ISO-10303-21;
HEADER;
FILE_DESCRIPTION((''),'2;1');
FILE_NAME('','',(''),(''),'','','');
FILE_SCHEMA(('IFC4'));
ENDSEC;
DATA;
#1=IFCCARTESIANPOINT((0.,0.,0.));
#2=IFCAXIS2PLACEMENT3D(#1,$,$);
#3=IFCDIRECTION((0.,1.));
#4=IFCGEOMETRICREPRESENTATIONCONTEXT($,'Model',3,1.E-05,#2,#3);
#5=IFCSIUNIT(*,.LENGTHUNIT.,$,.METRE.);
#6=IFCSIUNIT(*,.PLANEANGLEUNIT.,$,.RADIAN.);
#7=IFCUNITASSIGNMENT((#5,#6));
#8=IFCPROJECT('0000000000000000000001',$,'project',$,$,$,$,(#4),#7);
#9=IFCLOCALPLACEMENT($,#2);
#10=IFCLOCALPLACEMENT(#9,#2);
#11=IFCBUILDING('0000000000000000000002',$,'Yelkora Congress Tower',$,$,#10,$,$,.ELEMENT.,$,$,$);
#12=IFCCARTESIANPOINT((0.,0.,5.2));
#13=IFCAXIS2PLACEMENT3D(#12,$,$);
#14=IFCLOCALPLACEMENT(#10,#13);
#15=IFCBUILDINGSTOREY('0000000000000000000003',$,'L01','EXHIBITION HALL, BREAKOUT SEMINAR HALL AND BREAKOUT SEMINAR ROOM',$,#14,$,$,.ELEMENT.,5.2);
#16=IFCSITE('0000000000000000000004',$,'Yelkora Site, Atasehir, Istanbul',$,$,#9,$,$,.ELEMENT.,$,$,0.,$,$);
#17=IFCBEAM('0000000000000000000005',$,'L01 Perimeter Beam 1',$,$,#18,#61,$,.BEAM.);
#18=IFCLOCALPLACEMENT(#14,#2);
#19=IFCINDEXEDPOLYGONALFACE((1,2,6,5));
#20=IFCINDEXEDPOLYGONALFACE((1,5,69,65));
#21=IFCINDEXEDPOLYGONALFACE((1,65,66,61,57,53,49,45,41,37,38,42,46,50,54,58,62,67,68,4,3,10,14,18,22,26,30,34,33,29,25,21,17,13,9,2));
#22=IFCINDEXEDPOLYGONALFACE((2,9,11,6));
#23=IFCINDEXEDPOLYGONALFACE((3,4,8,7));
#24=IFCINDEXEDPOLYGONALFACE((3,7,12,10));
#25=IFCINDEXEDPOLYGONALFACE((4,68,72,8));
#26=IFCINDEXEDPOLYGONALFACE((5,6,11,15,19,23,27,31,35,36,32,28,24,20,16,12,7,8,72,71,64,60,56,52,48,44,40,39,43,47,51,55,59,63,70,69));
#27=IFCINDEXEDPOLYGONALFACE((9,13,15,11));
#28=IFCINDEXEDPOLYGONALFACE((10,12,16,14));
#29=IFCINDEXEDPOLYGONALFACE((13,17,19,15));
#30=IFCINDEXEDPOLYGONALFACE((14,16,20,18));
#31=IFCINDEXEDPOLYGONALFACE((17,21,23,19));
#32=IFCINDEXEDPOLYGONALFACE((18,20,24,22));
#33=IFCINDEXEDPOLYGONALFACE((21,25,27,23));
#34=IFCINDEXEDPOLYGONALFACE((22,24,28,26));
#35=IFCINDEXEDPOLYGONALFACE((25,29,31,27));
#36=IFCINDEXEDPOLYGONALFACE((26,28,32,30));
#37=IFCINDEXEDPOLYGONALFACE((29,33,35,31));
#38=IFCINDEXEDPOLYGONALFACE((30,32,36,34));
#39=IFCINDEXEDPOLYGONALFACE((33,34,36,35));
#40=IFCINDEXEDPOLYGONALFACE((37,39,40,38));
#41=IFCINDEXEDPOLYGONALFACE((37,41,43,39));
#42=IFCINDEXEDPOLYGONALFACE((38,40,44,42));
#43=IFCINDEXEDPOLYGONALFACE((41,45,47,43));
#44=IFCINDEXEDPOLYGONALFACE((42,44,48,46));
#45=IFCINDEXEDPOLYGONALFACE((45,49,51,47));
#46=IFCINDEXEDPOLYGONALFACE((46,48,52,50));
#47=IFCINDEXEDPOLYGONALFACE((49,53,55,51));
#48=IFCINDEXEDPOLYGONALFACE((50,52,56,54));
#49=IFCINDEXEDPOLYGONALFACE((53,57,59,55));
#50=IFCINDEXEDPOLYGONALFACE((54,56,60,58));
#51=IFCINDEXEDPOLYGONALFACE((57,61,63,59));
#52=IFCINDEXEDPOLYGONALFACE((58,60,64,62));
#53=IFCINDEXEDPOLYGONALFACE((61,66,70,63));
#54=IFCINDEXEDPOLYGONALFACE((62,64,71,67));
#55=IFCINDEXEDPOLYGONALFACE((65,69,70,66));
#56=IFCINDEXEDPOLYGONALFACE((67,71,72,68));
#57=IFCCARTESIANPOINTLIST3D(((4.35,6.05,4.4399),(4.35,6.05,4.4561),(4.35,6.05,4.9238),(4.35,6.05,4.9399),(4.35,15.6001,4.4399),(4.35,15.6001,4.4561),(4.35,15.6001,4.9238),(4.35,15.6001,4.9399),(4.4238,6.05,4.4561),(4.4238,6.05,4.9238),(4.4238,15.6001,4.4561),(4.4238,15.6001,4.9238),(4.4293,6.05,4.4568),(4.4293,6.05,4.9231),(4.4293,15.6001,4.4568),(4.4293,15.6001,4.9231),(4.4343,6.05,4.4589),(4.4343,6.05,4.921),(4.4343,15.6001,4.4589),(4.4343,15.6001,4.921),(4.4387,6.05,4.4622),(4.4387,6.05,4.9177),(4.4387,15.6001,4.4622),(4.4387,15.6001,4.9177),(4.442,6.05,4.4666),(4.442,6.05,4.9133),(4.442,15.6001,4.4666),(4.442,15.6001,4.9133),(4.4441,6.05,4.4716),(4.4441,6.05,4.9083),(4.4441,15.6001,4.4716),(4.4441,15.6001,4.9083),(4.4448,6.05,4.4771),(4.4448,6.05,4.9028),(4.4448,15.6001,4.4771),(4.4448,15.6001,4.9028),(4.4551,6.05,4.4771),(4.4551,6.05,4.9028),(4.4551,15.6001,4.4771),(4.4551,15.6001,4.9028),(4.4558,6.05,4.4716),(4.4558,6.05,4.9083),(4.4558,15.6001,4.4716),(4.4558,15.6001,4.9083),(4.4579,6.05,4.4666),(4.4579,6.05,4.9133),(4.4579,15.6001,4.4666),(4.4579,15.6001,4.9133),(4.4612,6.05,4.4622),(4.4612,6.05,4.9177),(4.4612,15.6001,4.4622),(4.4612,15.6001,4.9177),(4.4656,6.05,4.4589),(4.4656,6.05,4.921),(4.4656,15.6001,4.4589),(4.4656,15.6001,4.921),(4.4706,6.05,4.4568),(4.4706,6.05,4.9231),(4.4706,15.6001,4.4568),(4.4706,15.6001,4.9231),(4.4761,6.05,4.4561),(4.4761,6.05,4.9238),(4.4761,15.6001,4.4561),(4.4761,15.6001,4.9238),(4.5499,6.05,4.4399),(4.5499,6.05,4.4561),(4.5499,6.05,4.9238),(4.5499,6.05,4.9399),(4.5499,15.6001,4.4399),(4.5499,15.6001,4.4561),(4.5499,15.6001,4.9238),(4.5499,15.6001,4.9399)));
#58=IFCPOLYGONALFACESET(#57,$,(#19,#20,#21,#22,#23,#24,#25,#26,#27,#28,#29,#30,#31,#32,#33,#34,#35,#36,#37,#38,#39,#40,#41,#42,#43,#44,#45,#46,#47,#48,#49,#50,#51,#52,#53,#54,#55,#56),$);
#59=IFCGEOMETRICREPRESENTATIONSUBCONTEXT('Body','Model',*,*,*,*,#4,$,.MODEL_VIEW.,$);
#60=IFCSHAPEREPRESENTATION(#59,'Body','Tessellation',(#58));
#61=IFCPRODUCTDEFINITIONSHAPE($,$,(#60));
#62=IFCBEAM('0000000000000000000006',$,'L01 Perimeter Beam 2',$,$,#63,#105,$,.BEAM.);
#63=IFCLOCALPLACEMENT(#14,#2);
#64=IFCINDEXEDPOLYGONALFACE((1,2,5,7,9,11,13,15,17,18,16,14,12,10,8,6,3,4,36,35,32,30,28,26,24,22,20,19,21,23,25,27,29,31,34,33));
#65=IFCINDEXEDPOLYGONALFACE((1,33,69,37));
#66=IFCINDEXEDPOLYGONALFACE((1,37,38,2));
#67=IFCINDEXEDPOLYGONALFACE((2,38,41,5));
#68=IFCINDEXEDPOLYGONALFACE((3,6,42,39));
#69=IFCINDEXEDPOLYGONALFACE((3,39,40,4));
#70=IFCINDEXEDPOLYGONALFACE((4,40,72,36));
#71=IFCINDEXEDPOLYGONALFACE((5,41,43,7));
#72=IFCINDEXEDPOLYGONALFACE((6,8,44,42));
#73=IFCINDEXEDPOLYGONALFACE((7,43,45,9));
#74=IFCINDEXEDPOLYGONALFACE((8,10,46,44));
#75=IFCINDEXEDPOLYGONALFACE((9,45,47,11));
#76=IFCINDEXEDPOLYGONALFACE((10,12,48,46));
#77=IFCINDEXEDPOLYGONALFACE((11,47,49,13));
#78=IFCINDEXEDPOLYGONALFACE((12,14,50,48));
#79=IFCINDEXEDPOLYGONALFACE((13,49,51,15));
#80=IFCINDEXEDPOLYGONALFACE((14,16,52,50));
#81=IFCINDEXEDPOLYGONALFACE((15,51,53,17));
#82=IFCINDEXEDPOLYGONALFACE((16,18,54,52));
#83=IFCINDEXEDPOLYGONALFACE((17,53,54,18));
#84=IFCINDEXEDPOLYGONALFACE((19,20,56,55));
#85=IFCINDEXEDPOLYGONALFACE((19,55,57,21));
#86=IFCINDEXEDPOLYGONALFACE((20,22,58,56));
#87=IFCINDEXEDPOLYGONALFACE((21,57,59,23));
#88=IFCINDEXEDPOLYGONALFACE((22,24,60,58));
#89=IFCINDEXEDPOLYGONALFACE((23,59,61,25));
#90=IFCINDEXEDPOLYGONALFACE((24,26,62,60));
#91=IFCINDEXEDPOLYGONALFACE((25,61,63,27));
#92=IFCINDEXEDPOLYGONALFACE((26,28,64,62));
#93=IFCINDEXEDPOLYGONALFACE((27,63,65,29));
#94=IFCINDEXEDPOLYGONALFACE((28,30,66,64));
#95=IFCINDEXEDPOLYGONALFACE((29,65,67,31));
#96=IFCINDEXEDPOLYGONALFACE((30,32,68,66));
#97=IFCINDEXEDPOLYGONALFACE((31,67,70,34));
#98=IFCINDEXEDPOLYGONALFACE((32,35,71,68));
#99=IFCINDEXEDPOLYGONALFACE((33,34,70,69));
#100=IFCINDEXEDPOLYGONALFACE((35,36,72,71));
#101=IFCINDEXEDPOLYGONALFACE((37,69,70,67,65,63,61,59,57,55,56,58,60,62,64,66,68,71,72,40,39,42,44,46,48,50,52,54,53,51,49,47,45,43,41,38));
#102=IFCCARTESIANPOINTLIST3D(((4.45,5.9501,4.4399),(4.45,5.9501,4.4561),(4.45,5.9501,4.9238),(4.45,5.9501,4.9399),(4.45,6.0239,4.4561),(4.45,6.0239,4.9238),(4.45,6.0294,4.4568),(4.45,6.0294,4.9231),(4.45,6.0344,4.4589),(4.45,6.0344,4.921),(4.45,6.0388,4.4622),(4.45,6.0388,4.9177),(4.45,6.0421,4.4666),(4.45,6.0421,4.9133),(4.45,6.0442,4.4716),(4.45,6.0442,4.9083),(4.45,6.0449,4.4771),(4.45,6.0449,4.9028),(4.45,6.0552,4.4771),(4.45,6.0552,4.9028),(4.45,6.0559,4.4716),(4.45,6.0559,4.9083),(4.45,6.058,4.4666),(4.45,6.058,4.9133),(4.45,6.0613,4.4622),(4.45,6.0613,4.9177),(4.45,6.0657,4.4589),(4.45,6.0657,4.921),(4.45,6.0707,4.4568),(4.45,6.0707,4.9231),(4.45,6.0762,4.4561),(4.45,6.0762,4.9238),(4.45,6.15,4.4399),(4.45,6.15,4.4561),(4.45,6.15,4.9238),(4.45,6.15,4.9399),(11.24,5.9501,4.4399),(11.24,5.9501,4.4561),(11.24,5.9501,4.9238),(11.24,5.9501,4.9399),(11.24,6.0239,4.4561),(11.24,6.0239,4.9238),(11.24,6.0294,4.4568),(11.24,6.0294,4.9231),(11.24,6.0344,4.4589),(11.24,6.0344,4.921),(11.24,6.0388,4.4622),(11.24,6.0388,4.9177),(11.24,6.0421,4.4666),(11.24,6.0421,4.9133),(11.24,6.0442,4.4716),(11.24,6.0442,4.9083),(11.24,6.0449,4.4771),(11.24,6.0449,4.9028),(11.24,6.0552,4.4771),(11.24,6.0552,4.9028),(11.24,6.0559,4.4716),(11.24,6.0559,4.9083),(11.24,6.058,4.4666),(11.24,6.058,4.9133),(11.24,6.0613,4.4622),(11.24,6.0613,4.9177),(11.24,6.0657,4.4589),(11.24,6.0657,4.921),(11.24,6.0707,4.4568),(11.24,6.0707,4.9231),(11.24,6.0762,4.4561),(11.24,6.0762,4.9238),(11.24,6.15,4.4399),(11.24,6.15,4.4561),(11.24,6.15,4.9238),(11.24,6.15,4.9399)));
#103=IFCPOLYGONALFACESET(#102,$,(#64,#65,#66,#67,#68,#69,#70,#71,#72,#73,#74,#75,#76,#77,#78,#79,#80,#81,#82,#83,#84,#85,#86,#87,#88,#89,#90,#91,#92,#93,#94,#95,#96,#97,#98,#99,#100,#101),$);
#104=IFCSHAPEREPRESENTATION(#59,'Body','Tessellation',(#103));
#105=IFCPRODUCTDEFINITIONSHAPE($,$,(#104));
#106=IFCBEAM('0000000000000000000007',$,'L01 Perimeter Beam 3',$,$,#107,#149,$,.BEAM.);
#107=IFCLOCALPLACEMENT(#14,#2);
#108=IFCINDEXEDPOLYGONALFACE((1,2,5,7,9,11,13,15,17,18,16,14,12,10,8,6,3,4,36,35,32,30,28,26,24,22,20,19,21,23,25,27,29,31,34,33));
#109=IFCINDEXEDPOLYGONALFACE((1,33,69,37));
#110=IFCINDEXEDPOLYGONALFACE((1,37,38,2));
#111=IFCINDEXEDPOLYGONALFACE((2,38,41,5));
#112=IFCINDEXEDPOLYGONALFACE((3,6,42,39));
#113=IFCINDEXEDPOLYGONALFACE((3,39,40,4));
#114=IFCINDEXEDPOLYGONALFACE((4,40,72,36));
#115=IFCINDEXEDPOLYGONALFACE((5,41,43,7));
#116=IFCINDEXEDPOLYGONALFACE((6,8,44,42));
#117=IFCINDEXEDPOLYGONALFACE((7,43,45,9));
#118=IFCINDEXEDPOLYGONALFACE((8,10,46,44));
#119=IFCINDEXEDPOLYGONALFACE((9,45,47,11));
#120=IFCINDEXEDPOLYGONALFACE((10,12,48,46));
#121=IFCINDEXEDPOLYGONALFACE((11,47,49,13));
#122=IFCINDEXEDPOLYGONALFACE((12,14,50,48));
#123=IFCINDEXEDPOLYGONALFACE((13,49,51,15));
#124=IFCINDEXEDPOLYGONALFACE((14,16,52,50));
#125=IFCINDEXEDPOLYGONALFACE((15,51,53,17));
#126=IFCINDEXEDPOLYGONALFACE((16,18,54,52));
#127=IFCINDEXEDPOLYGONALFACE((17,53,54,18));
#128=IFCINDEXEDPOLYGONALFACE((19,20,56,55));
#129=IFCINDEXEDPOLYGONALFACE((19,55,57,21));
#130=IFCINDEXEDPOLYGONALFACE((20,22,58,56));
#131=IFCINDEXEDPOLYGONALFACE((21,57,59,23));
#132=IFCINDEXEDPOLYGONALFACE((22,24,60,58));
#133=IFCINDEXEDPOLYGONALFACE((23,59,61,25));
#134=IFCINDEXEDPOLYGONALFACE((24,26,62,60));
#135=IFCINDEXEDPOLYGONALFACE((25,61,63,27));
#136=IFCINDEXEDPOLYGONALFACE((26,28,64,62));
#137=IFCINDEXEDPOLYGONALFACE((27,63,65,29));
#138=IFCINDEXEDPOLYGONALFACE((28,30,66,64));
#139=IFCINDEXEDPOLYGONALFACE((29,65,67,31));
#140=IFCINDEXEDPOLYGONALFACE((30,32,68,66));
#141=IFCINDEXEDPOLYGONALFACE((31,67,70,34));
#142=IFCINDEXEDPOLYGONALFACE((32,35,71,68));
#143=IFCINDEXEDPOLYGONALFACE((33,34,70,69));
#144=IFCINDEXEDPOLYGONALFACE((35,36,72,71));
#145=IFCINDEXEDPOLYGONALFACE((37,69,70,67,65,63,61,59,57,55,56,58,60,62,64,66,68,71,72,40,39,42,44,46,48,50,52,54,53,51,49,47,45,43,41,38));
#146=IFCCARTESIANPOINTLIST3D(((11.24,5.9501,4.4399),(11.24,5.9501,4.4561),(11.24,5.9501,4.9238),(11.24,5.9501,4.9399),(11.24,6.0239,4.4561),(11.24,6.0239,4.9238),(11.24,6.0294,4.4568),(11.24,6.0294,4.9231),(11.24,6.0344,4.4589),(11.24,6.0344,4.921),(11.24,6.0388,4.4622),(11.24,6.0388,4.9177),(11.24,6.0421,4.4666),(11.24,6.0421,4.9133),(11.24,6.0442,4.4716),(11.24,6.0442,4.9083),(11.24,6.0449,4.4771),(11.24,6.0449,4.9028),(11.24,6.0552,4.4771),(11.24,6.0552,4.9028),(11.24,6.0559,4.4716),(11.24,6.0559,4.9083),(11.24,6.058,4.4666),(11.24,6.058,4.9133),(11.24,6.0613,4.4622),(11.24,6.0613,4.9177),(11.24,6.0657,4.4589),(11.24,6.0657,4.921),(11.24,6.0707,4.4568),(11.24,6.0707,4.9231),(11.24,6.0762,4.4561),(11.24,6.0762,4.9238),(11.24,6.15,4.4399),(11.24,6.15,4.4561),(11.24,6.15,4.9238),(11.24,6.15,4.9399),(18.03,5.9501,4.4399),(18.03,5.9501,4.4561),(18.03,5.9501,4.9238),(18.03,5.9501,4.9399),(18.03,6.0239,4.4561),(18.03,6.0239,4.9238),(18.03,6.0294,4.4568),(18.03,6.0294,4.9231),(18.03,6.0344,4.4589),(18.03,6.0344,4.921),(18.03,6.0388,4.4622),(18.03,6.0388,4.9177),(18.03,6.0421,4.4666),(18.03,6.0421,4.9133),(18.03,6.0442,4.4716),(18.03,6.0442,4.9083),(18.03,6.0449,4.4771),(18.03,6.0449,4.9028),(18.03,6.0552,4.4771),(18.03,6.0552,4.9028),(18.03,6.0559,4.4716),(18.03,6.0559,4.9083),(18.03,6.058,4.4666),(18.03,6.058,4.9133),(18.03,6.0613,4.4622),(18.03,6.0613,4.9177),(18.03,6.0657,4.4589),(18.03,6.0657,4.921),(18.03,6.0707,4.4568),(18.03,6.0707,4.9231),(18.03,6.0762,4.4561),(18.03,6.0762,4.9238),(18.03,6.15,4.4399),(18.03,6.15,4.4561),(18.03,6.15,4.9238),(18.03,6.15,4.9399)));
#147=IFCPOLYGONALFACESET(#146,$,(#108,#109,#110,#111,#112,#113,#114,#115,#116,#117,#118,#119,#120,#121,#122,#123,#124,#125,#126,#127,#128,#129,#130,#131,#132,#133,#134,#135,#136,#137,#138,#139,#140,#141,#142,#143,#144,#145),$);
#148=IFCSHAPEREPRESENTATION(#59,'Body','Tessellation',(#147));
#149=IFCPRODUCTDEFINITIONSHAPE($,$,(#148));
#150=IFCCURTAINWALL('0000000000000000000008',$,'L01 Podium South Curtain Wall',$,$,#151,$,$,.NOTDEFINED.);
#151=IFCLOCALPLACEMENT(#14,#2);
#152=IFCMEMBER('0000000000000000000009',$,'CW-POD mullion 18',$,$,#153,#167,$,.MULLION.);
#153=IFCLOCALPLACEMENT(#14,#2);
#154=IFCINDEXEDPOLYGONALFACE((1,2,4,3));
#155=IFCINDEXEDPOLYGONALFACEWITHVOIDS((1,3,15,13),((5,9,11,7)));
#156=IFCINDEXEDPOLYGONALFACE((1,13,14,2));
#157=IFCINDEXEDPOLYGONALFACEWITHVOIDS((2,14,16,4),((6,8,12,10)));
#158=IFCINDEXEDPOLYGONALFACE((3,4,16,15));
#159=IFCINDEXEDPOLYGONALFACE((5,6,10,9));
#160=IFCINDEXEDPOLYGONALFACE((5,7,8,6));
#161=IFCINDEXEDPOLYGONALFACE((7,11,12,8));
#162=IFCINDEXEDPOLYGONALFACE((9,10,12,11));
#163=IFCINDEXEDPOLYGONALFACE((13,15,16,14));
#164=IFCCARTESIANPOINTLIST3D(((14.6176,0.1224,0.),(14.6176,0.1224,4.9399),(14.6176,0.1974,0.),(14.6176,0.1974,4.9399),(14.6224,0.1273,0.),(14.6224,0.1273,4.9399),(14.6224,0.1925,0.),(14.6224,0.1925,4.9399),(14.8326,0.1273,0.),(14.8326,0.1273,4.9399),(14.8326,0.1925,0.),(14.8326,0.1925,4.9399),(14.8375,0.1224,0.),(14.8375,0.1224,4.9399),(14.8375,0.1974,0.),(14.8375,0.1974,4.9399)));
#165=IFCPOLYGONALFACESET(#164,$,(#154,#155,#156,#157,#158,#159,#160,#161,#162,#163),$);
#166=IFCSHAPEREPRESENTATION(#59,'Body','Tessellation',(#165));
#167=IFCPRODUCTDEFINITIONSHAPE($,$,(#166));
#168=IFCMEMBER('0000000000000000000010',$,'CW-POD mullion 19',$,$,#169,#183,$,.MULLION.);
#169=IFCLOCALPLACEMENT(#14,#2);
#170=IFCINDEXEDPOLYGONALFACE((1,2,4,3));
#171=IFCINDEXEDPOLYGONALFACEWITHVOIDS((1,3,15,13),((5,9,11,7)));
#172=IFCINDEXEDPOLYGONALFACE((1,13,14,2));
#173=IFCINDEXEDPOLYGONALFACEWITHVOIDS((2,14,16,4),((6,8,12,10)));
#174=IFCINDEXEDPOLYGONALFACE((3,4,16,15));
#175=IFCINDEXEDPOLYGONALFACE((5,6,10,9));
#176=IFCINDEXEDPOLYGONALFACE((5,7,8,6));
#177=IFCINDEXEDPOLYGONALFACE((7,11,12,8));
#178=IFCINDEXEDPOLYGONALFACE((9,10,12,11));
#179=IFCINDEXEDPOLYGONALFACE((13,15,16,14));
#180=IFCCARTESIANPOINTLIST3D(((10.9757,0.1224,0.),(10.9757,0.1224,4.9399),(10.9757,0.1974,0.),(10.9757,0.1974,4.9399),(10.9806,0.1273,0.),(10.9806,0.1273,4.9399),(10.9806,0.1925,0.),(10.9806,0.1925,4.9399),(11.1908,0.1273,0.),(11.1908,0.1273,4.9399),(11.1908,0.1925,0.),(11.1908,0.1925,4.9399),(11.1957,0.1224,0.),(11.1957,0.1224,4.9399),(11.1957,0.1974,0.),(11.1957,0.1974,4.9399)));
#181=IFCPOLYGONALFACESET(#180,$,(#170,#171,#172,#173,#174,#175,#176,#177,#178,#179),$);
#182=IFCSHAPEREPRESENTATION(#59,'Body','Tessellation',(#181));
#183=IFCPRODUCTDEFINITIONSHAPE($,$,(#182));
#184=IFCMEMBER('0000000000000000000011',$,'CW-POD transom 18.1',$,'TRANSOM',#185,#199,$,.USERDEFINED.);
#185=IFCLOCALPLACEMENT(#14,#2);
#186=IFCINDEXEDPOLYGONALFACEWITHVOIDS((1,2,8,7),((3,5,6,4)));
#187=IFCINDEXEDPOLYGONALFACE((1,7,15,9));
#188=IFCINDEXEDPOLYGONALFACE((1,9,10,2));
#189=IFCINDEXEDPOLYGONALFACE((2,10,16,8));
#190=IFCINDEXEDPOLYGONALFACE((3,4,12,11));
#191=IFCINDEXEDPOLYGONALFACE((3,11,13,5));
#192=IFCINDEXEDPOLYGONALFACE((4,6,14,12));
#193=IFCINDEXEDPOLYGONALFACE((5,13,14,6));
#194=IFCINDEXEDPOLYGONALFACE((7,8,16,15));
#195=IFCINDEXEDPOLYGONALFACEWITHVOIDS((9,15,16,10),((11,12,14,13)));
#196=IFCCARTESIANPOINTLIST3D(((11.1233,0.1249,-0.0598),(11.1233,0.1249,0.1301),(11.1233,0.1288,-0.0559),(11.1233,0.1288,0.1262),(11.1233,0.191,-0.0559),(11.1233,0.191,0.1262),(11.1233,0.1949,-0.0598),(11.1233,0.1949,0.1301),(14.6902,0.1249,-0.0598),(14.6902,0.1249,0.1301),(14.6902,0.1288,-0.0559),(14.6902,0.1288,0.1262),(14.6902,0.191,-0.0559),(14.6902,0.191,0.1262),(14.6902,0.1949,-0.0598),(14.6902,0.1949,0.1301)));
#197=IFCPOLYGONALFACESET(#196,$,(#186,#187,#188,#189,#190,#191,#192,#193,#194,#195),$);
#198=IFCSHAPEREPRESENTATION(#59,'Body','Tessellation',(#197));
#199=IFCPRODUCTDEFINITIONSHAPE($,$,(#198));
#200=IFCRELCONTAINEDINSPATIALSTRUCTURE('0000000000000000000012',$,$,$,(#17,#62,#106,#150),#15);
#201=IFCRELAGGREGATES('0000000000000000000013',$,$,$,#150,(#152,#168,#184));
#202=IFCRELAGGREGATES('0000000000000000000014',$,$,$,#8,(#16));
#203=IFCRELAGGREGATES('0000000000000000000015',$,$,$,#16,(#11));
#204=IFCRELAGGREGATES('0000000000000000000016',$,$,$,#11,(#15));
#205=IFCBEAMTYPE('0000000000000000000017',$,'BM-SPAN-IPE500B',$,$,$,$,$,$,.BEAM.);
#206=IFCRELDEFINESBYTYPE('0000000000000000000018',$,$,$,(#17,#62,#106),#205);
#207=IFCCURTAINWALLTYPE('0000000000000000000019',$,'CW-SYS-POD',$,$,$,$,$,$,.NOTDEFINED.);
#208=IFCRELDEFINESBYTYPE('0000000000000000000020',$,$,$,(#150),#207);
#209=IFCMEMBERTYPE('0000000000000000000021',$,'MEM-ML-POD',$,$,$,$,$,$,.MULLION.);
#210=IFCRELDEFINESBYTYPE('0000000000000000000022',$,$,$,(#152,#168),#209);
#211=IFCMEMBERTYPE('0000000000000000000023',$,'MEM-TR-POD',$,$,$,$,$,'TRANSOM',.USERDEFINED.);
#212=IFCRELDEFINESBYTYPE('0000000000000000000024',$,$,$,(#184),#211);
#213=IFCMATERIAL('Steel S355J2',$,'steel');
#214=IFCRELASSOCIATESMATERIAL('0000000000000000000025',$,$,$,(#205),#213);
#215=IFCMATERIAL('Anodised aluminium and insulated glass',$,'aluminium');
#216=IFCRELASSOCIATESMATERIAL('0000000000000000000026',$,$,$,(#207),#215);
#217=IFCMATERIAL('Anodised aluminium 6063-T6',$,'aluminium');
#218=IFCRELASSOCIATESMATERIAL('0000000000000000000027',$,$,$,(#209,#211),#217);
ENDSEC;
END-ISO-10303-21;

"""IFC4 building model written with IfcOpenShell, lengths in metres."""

from ifc_helpers import new_model, si_unit, direction, frame, origin, origin_2d, place, context, subcontext, project, spatial, hollow_rectangle, i_section, extrude, material, material_profile, profile_set, type_object, element, aggregate, save


model = new_model("IFC4")

# Units and contexts
model_context = context("Model", 3, precision=1e-05, world=origin(), true_north=direction((0.0, 1.0)))
body_context = subcontext(model_context, "Body", "Model", "MODEL_VIEW")
ifc_project = project(units=[si_unit("LENGTHUNIT", "METRE"), si_unit("PLANEANGLEUNIT", "RADIAN")], contexts=[model_context])

# Site, building, storey
site_placement = place(None, origin())
site = spatial("IfcSite", under=ifc_project, at=site_placement, Name="Yelkora Site, Atasehir, Istanbul", CompositionType="ELEMENT", RefElevation=0.0)
building_placement = place(site_placement, origin())
building = spatial("IfcBuilding", under=site, at=building_placement, Name="Yelkora Congress Tower", CompositionType="ELEMENT")
storey_placement = place(building_placement, frame((0.0, 0.0, 5.2)))
storey = spatial("IfcBuildingStorey", under=building, at=storey_placement, Name="L01", Description="EXHIBITION HALL, BREAKOUT SEMINAR HALL AND BREAKOUT SEMINAR ROOM", CompositionType="ELEMENT", Elevation=5.2)

# Beams
ifc_material_1 = material(Name="Steel S355J2", Category="steel")
ifc_material_profile_1 = material_profile(ifc_material_1, i_section(OverallWidth=0.2, OverallDepth=0.5, WebThickness=0.0103, FlangeThickness=0.0161, FilletRadius=0.021, at=origin_2d()), Name="IPE 500")
ifc_profile_set_1 = profile_set([ifc_material_profile_1], Name="Steel S355J2")
beam_type_1 = type_object("IfcBeamType", Name="BM-SPAN-IPE500B", PredefinedType="BEAM", material=ifc_profile_set_1)
beam_1_placement = place(storey_placement, frame((4.45, 15.6001, 4.6899), z_axis=(0.0, -1.0, 0.0), x_axis=(1.0, 0.0, 0.0)))
element("IfcBeam", 1, at=beam_1_placement, inside=storey, type_object=beam_type_1, Name="L01 Perimeter Beam 1", PredefinedType="BEAM", context=body_context, shape_type="SweptSolid", body=[
    extrude(i_section(OverallWidth=0.2, OverallDepth=0.5, WebThickness=0.0103, FlangeThickness=0.0161, FilletRadius=0.021, at=origin_2d()), origin(), (0.0, 0.0, 1.0), 9.55),
])
for number, where, z_axis, x_axis, name in (
    (2, (4.45, 6.05, 4.6899), (1.0, 0.0, 0.0), (0.0, 1.0, 0.0), "L01 Perimeter Beam 2"),
    (3, (11.24, 6.05, 4.6899), (1.0, 0.0, 0.0), (0.0, 1.0, 0.0), "L01 Perimeter Beam 3"),
):
    element("IfcBeam", number, at=place(storey_placement, frame(where, z_axis=z_axis, x_axis=x_axis)), inside=storey, type_object=beam_type_1, Name=name, PredefinedType="BEAM", context=body_context, shape_type="SweptSolid", body=[
        extrude(i_section(OverallWidth=0.2, OverallDepth=0.5, WebThickness=0.0103, FlangeThickness=0.0161, FilletRadius=0.021, at=origin_2d()), origin(), (0.0, 0.0, 1.0), 6.79),
    ])

# Curtain wall, members
ifc_material_2 = material(Name="Anodised aluminium and insulated glass", Category="aluminium")
curtain_wall_type = type_object("IfcCurtainWallType", Name="CW-SYS-POD", PredefinedType="NOTDEFINED", material=ifc_material_2)
curtain_wall_placement = place(storey_placement, origin())
curtain_wall = element("IfcCurtainWall", 4, at=curtain_wall_placement, inside=storey, type_object=curtain_wall_type, Name="L01 Podium South Curtain Wall", PredefinedType="NOTDEFINED")
ifc_material_3 = material(Name="Anodised aluminium 6063-T6", Category="aluminium")
ifc_material_profile_2 = material_profile(ifc_material_3, hollow_rectangle(XDim=0.075, YDim=0.22, WallThickness=0.0049, at=origin_2d()), Name="ALU 75x220x5")
ifc_profile_set_2 = profile_set([ifc_material_profile_2], Name="Anodised aluminium 6063-T6")
member_type_1 = type_object("IfcMemberType", Name="MEM-ML-POD", PredefinedType="MULLION", material=ifc_profile_set_2)
member_1_placement = place(storey_placement, frame((14.7275, 0.1599, 0.0), z_axis=(0.0, 0.0, 1.0), x_axis=(0.0, -1.0, 0.0)))
member_1 = element("IfcMember", 5, at=member_1_placement, type_object=member_type_1, Name="CW-POD mullion 18", PredefinedType="MULLION", context=body_context, shape_type="SweptSolid", body=[
    extrude(hollow_rectangle(XDim=0.075, YDim=0.22, WallThickness=0.0049, at=origin_2d()), origin(), (0.0, 0.0, 1.0), 4.9399),
])
member_2_placement = place(storey_placement, frame((11.0857, 0.1599, 0.0), z_axis=(0.0, 0.0, 1.0), x_axis=(0.0, -1.0, 0.0)))
member_2 = element("IfcMember", 6, at=member_2_placement, type_object=member_type_1, Name="CW-POD mullion 19", PredefinedType="MULLION", context=body_context, shape_type="SweptSolid", body=[
    extrude(hollow_rectangle(XDim=0.075, YDim=0.22, WallThickness=0.0049, at=origin_2d()), origin(), (0.0, 0.0, 1.0), 4.9399),
])
ifc_material_profile_3 = material_profile(ifc_material_3, hollow_rectangle(XDim=0.0701, YDim=0.1899, WallThickness=0.0039, at=origin_2d()), Name="ALU 70x190x4")
ifc_profile_set_3 = profile_set([ifc_material_profile_3], Name="Anodised aluminium 6063-T6")
member_type_2 = type_object("IfcMemberType", Name="MEM-TR-POD", ElementType="TRANSOM", PredefinedType="USERDEFINED", material=ifc_profile_set_3)
member_3_placement = place(storey_placement, frame((14.6902, 0.1599, 0.0352), z_axis=(-1.0, 0.0, 0.0), x_axis=(0.0, -1.0, 0.0)))
member_3 = element("IfcMember", 7, at=member_3_placement, type_object=member_type_2, Name="CW-POD transom 18.1", ObjectType="TRANSOM", PredefinedType="USERDEFINED", context=body_context, shape_type="SweptSolid", body=[
    extrude(hollow_rectangle(XDim=0.0701, YDim=0.1899, WallThickness=0.0039, at=origin_2d()), origin(), (0.0, 0.0, 1.0), 3.5669),
])
aggregate(curtain_wall, [member_1, member_2, member_3])

save(model, "model.ifc")
